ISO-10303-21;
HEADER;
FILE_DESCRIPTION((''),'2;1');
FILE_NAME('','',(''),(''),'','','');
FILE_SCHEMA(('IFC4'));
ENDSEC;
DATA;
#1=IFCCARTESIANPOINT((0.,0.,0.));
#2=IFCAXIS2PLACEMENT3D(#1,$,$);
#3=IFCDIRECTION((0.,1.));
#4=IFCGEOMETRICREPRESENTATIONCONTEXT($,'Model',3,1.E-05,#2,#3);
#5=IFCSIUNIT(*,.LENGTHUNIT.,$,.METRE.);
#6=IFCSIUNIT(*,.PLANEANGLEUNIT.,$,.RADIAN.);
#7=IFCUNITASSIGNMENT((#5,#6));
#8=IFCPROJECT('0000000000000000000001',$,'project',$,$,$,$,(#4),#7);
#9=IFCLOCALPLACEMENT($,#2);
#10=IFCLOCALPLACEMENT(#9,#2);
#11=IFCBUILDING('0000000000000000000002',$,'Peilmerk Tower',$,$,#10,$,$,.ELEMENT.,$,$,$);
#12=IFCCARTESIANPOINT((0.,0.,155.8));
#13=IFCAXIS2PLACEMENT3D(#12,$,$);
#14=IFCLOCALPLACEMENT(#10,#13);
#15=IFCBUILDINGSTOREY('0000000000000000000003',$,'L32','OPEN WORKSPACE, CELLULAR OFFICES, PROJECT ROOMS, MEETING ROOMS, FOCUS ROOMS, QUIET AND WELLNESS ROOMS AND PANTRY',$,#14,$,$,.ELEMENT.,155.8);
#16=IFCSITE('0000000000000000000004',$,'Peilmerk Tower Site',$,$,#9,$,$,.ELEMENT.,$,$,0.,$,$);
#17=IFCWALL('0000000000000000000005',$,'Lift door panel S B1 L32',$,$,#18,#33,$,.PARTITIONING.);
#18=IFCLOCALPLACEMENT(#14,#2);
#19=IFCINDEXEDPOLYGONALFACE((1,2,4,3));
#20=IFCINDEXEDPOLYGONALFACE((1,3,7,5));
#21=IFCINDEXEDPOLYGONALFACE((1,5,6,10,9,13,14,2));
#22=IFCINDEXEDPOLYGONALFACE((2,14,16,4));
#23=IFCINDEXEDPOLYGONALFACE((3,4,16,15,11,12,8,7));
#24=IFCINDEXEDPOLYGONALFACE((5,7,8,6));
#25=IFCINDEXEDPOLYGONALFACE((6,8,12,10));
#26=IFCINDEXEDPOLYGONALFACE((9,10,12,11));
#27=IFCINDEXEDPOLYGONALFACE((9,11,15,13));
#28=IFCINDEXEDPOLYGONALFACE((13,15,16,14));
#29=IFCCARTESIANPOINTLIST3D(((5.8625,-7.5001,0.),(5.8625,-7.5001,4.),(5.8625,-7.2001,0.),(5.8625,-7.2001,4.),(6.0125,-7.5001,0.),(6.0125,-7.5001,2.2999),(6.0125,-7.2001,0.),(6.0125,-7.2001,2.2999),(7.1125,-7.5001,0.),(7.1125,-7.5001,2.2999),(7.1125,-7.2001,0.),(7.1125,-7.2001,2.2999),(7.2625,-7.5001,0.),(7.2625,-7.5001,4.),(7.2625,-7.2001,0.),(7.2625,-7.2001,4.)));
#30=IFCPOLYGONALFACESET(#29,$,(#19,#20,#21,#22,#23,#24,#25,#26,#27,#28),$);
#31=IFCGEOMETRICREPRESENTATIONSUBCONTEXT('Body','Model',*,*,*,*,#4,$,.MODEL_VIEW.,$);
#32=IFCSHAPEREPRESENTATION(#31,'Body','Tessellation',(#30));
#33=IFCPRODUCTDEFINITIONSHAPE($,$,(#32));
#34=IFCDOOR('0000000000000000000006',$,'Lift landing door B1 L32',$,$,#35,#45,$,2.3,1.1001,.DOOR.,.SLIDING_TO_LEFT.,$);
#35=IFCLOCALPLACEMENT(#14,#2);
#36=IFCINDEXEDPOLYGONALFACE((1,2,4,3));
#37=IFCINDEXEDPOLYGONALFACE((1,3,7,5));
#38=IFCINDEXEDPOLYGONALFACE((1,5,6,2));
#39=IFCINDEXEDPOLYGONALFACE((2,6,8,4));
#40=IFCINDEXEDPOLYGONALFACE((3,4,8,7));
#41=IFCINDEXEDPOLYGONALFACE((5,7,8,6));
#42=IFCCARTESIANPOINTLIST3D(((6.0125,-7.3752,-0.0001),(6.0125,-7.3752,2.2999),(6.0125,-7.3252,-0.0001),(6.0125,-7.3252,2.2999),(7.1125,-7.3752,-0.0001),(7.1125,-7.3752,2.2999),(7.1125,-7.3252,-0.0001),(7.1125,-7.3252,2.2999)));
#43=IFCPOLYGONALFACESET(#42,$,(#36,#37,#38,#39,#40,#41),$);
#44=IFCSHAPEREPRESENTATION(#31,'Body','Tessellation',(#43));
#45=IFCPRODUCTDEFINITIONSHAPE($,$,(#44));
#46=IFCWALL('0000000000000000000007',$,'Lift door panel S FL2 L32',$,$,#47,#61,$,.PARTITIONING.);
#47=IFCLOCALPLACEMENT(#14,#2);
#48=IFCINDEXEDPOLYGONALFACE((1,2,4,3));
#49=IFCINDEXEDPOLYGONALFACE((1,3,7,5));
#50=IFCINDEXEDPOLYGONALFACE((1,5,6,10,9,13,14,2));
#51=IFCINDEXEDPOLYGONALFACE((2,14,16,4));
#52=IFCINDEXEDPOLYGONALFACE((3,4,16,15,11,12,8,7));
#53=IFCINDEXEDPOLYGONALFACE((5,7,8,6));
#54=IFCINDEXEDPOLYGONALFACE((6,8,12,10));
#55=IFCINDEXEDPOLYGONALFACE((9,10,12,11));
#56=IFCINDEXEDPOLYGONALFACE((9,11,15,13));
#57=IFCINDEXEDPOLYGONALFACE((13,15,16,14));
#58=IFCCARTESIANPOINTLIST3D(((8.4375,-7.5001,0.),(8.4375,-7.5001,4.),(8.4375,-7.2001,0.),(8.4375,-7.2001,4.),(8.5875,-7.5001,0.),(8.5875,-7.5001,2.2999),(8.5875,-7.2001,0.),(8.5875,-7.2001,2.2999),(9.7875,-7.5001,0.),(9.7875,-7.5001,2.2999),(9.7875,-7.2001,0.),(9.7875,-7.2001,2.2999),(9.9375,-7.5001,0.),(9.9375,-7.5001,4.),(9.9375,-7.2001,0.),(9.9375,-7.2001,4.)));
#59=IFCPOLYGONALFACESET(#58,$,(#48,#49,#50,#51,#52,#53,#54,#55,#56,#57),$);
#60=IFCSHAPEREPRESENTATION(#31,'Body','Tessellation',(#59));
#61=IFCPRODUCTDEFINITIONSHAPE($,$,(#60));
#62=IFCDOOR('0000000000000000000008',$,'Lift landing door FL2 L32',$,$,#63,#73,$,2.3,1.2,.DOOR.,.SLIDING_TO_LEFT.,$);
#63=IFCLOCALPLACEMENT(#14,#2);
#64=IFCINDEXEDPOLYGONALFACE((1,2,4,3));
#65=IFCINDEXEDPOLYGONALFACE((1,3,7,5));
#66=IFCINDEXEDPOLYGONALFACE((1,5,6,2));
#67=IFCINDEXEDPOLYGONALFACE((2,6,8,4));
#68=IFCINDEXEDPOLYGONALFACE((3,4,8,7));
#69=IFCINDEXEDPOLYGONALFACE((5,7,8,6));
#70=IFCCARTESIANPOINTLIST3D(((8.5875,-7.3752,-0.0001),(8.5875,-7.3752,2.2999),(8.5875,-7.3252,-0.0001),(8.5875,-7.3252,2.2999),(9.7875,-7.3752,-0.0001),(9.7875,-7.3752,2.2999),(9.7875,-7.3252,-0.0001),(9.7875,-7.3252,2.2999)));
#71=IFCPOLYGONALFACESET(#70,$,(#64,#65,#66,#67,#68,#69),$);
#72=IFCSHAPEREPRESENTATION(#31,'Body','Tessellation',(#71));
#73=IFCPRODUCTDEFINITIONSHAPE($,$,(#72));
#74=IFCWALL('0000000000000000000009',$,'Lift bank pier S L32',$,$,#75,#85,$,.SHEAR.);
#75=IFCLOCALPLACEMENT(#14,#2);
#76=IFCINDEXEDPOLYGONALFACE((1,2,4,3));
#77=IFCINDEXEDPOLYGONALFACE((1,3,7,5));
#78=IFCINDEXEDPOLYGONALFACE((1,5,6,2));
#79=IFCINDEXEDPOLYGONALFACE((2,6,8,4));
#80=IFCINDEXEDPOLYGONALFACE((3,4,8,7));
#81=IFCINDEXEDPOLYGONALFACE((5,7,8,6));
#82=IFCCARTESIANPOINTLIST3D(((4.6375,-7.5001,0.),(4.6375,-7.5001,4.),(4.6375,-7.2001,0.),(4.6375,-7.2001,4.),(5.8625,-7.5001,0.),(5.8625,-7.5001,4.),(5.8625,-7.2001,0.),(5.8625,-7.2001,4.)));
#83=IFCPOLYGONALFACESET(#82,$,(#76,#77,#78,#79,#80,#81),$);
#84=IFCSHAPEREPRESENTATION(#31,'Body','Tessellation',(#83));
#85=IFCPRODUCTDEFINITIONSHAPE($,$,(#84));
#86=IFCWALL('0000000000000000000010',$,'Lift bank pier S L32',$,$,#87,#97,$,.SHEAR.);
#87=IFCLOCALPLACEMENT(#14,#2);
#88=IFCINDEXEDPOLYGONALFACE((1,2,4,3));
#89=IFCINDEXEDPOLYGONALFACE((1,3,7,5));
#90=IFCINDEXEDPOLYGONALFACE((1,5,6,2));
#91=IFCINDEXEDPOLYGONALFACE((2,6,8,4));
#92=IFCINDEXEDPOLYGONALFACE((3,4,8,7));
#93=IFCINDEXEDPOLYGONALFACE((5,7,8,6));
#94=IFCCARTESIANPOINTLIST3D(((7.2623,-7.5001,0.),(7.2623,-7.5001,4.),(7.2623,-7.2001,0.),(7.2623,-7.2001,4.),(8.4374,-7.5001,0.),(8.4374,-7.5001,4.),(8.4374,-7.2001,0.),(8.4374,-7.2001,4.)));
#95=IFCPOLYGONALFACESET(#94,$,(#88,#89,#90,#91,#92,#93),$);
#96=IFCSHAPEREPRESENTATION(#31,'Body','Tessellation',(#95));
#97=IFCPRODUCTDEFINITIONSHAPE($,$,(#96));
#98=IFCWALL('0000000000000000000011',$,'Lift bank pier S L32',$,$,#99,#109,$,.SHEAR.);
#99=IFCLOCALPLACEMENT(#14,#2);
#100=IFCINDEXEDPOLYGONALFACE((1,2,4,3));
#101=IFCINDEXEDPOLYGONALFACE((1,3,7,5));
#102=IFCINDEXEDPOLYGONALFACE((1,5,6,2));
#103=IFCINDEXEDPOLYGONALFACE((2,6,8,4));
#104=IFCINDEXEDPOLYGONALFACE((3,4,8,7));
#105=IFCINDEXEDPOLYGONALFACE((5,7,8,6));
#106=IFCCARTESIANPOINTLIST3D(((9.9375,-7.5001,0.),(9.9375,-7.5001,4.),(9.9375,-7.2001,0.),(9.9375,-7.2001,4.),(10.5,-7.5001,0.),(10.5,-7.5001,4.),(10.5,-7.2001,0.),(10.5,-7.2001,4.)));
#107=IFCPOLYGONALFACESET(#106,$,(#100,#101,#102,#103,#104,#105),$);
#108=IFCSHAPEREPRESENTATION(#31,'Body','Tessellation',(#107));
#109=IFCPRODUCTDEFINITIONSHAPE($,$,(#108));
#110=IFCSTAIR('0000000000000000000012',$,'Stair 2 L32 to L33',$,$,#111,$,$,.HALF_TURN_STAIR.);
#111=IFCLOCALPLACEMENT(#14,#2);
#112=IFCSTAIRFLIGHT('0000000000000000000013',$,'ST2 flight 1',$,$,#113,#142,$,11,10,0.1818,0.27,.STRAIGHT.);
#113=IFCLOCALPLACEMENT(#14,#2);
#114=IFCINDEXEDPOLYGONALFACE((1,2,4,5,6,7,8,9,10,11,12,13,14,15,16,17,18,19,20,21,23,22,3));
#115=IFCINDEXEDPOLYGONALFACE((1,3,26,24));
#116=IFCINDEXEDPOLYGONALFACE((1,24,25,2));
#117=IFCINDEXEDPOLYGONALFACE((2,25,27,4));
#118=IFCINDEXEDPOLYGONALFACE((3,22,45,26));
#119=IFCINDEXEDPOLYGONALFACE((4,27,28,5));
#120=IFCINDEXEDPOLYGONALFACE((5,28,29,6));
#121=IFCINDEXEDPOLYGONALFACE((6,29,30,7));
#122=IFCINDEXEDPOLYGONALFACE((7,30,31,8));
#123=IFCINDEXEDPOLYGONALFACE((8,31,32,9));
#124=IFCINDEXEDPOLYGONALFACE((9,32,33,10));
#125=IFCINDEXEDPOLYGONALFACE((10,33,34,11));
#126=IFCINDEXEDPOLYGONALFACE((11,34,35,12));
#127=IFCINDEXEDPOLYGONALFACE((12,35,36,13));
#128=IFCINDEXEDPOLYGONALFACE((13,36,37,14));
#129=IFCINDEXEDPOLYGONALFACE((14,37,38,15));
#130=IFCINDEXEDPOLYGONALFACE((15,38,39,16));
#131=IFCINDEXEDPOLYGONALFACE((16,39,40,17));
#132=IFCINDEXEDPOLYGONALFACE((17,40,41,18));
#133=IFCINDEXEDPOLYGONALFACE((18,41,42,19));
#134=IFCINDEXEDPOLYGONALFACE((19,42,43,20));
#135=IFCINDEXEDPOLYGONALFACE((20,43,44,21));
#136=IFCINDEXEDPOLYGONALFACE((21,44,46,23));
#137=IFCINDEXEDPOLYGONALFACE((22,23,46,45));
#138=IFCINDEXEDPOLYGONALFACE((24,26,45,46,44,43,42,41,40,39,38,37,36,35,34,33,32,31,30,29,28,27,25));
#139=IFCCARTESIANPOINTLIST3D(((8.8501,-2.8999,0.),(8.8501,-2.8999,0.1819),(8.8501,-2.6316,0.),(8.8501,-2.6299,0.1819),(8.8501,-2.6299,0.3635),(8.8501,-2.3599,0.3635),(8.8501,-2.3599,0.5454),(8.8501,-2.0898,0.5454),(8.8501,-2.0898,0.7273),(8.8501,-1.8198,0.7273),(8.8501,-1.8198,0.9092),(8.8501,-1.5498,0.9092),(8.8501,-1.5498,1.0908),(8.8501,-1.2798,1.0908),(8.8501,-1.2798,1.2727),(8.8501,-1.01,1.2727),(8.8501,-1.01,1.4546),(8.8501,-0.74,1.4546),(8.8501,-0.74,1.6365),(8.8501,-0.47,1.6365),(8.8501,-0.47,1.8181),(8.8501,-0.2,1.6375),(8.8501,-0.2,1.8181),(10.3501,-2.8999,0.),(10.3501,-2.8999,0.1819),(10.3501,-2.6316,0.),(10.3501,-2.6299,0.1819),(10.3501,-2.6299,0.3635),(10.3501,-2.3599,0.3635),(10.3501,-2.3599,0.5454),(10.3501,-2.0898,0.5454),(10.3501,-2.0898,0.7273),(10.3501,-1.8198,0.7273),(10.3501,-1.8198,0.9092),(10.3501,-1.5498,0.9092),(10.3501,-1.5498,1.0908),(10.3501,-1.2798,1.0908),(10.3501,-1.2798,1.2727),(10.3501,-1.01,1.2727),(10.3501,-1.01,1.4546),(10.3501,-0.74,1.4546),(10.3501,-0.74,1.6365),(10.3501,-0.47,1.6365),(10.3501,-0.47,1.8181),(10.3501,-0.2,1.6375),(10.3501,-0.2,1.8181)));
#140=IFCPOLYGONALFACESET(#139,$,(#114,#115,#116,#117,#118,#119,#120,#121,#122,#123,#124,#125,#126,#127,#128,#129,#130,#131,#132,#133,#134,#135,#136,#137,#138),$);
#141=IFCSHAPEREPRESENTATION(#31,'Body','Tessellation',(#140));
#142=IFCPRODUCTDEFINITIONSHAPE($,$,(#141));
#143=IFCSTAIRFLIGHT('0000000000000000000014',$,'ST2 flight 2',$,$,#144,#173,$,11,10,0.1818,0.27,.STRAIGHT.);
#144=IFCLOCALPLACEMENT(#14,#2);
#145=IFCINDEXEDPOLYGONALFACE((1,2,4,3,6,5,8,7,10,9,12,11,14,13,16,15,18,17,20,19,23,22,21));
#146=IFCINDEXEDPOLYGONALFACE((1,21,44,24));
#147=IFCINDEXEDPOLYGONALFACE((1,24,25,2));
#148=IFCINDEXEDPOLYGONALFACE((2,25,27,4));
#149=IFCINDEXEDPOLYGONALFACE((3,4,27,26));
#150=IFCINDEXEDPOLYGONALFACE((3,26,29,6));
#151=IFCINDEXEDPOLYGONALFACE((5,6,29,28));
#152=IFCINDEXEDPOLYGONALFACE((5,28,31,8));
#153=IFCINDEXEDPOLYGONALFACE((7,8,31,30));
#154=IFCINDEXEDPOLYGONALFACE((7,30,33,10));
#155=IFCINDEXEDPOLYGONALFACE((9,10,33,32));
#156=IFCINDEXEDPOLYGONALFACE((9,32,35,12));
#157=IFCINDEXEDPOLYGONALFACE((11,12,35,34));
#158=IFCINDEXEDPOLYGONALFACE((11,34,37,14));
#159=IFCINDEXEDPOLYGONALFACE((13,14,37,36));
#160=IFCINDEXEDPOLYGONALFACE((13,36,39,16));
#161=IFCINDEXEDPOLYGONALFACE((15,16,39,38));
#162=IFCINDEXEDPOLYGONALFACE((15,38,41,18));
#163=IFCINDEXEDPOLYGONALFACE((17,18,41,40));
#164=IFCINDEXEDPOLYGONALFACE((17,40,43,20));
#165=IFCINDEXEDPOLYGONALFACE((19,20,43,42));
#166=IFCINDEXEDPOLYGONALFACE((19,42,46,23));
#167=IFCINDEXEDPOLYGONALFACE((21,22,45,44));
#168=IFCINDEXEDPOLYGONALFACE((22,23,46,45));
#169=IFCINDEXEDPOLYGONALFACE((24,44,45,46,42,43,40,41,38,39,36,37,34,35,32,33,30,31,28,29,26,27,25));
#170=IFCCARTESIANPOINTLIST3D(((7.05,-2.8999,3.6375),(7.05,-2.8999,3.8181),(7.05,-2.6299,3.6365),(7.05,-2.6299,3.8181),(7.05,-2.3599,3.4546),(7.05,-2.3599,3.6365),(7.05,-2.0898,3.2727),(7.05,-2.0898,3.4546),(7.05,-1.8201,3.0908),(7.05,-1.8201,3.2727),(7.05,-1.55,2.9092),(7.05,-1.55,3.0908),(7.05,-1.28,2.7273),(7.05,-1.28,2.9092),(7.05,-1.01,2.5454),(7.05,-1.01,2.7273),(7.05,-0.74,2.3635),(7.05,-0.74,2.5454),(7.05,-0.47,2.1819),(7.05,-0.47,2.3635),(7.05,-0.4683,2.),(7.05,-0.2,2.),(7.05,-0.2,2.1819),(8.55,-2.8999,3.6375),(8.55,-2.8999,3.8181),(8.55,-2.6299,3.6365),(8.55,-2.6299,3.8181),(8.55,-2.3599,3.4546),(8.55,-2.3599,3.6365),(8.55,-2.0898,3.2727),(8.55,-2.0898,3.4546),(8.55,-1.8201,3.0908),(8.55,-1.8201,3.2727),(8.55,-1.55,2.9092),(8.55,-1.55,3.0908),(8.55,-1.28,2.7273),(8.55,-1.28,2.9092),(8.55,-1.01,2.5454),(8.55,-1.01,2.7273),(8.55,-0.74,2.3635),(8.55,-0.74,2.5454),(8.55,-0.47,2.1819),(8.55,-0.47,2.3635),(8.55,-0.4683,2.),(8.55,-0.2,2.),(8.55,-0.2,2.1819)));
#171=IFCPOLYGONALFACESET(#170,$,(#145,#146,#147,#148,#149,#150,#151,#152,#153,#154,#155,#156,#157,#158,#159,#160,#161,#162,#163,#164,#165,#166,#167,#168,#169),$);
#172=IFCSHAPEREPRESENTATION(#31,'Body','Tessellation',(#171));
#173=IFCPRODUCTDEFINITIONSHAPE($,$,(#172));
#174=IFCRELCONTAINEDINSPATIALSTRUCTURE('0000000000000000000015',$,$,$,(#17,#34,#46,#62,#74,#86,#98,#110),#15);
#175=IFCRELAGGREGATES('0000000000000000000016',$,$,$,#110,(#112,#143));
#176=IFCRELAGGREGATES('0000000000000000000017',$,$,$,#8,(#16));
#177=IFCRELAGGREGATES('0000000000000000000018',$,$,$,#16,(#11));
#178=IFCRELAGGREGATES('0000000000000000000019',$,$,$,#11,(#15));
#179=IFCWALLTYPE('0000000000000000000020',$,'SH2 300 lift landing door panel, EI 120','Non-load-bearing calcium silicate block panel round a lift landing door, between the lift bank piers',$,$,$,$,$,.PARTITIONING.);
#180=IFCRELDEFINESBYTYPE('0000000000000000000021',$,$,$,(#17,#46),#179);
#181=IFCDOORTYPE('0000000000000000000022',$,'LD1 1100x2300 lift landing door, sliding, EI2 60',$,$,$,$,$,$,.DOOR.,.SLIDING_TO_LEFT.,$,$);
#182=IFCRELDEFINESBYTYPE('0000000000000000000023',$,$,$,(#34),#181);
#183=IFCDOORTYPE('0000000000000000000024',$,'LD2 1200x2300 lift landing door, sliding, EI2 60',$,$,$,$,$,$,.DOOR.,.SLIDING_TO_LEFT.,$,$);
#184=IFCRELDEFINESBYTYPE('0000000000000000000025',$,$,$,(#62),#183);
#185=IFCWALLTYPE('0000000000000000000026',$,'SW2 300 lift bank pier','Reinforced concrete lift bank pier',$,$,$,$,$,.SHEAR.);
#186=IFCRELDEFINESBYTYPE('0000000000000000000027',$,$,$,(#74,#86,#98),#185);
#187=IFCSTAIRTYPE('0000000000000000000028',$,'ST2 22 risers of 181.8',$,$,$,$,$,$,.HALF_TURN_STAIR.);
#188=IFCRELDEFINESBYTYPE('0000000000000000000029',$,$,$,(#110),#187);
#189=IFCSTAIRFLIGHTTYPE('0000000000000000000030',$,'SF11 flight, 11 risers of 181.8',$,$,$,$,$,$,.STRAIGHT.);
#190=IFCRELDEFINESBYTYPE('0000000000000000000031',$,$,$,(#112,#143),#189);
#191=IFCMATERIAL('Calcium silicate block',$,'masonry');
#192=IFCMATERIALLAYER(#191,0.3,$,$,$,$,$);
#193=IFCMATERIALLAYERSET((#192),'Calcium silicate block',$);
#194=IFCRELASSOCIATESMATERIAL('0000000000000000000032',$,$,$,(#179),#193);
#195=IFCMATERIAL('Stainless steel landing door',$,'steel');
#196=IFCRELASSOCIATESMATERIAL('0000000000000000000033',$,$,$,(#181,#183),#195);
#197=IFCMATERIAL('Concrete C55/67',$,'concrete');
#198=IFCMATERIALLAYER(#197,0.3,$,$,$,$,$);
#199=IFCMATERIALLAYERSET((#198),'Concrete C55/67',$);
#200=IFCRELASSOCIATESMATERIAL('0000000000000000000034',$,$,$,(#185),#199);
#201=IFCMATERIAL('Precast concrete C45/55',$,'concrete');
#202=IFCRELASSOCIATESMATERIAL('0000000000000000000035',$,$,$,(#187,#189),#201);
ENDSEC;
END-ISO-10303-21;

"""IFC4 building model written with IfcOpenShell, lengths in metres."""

from ifc_helpers import new_model, si_unit, direction, frame, frame_2d, origin, place, context, subcontext, project, spatial, polyline, rectangle, outline, extrude, material, layer, layer_set, type_object, element, fill, aggregate, save


model = new_model("IFC4")

# Units and contexts
model_context = context("Model", 3, precision=1e-05, world=origin(), true_north=direction((0.0, 1.0)))
body_context = subcontext(model_context, "Body", "Model", "MODEL_VIEW")
ifc_project = project(units=[si_unit("LENGTHUNIT", "METRE"), si_unit("PLANEANGLEUNIT", "RADIAN")], contexts=[model_context])

# Site, building, storey
site_placement = place(None, origin())
site = spatial("IfcSite", under=ifc_project, at=site_placement, Name="Peilmerk Tower Site", CompositionType="ELEMENT", RefElevation=0.0)
building_placement = place(site_placement, origin())
building = spatial("IfcBuilding", under=site, at=building_placement, Name="Peilmerk Tower", CompositionType="ELEMENT")
storey_placement = place(building_placement, frame((0.0, 0.0, 155.8)))
storey = spatial("IfcBuildingStorey", under=building, at=storey_placement, Name="L32", Description="OPEN WORKSPACE, CELLULAR OFFICES, PROJECT ROOMS, MEETING ROOMS, FOCUS ROOMS, QUIET AND WELLNESS ROOMS AND PANTRY", CompositionType="ELEMENT", Elevation=155.8)

# Walls, openings, doors
ifc_material_1 = material(Name="Calcium silicate block", Category="masonry")
ifc_layer_1 = layer(ifc_material_1, 0.3)
ifc_layer_set_1 = layer_set([ifc_layer_1], Name="Calcium silicate block")
wall_type_1 = type_object("IfcWallType", Name="SH2 300 lift landing door panel, EI 120", Description="Non-load-bearing calcium silicate block panel round a lift landing door, between the lift bank piers", PredefinedType="PARTITIONING", material=ifc_layer_set_1)
wall_1_placement = place(storey_placement, frame((5.8625, -7.3501, 0.0), z_axis=(0.0, 0.0, 1.0), x_axis=(1.0, 0.0, 0.0)))
wall_1 = element("IfcWall", 1, at=wall_1_placement, inside=storey, type_object=wall_type_1, Name="Lift door panel S B1 L32", PredefinedType="PARTITIONING", context=body_context, shape_type="SweptSolid", body=[
    extrude(rectangle(XDim=1.3999, YDim=0.3, at=frame_2d((0.7, 0.0))), origin(), (0.0, 0.0, 1.0), 4.0),
])
opening_1_placement = place(wall_1_placement, frame((0.1499, 0.0, 0.0)))
opening_1 = element("IfcOpeningElement", 2, at=opening_1_placement, cuts=wall_1, PredefinedType="OPENING", context=body_context, shape_type="SweptSolid", body=[
    extrude(rectangle(XDim=1.1001, YDim=2.3, at=frame_2d((0.55, 1.1499))), frame((0.0, 0.1599, 0.0), z_axis=(0.0, -1.0, 0.0), x_axis=(1.0, 0.0, 0.0)), (0.0, 0.0, 1.0), 0.3201),
])
ifc_material_2 = material(Name="Stainless steel landing door", Category="steel")
door_type_1 = type_object("IfcDoorType", Name="LD1 1100x2300 lift landing door, sliding, EI2 60", OperationType="SLIDING_TO_LEFT", PredefinedType="DOOR", material=ifc_material_2)
door_1_placement = place(opening_1_placement, origin())
door_1 = element("IfcDoor", 3, at=door_1_placement, inside=storey, type_object=door_type_1, Name="Lift landing door B1 L32", OperationType="SLIDING_TO_LEFT", OverallHeight=2.3, OverallWidth=1.1001, PredefinedType="DOOR", context=body_context, shape_type="SweptSolid", body=[
    extrude(rectangle(XDim=1.1001, YDim=2.3, at=frame_2d((0.55, 1.1499))), frame((0.0, 0.0249, 0.0), z_axis=(0.0, -1.0, 0.0), x_axis=(1.0, 0.0, 0.0)), (0.0, 0.0, 1.0), 0.05),
])
fill(opening_1, door_1)
wall_2_placement = place(storey_placement, frame((8.4375, -7.3501, 0.0), z_axis=(0.0, 0.0, 1.0), x_axis=(1.0, 0.0, 0.0)))
wall_2 = element("IfcWall", 4, at=wall_2_placement, inside=storey, type_object=wall_type_1, Name="Lift door panel S FL2 L32", PredefinedType="PARTITIONING", context=body_context, shape_type="SweptSolid", body=[
    extrude(rectangle(XDim=1.5, YDim=0.3, at=frame_2d((0.75, 0.0))), origin(), (0.0, 0.0, 1.0), 4.0),
])
opening_2_placement = place(wall_2_placement, frame((0.1499, 0.0, 0.0)))
opening_2 = element("IfcOpeningElement", 5, at=opening_2_placement, cuts=wall_2, PredefinedType="OPENING", context=body_context, shape_type="SweptSolid", body=[
    extrude(rectangle(XDim=1.2, YDim=2.3, at=frame_2d((0.6001, 1.1499))), frame((0.0, 0.1599, 0.0), z_axis=(0.0, -1.0, 0.0), x_axis=(1.0, 0.0, 0.0)), (0.0, 0.0, 1.0), 0.3201),
])
door_type_2 = type_object("IfcDoorType", Name="LD2 1200x2300 lift landing door, sliding, EI2 60", OperationType="SLIDING_TO_LEFT", PredefinedType="DOOR", material=ifc_material_2)
door_2_placement = place(opening_2_placement, origin())
door_2 = element("IfcDoor", 6, at=door_2_placement, inside=storey, type_object=door_type_2, Name="Lift landing door FL2 L32", OperationType="SLIDING_TO_LEFT", OverallHeight=2.3, OverallWidth=1.2, PredefinedType="DOOR", context=body_context, shape_type="SweptSolid", body=[
    extrude(rectangle(XDim=1.2, YDim=2.3, at=frame_2d((0.6001, 1.1499))), frame((0.0, 0.0249, 0.0), z_axis=(0.0, -1.0, 0.0), x_axis=(1.0, 0.0, 0.0)), (0.0, 0.0, 1.0), 0.05),
])
fill(opening_2, door_2)

# Walls
ifc_material_3 = material(Name="Concrete C55/67", Category="concrete")
ifc_layer_2 = layer(ifc_material_3, 0.3)
ifc_layer_set_2 = layer_set([ifc_layer_2], Name="Concrete C55/67")
wall_type_2 = type_object("IfcWallType", Name="SW2 300 lift bank pier", Description="Reinforced concrete lift bank pier", PredefinedType="SHEAR", material=ifc_layer_set_2)
wall_3_placement = place(storey_placement, frame((4.6375, -7.3501, 0.0), z_axis=(0.0, 0.0, 1.0), x_axis=(1.0, 0.0, 0.0)))
element("IfcWall", 7, at=wall_3_placement, inside=storey, type_object=wall_type_2, Name="Lift bank pier S L32", PredefinedType="SHEAR", context=body_context, shape_type="SweptSolid", body=[
    extrude(rectangle(XDim=1.2251, YDim=0.3, at=frame_2d((0.6125, 0.0))), origin(), (0.0, 0.0, 1.0), 4.0),
])
wall_4_placement = place(storey_placement, frame((7.2625, -7.3501, 0.0), z_axis=(0.0, 0.0, 1.0), x_axis=(1.0, 0.0, 0.0)))
element("IfcWall", 8, at=wall_4_placement, inside=storey, type_object=wall_type_2, Name="Lift bank pier S L32", PredefinedType="SHEAR", context=body_context, shape_type="SweptSolid", body=[
    extrude(rectangle(XDim=1.175, YDim=0.3, at=frame_2d((0.5874, 0.0))), origin(), (0.0, 0.0, 1.0), 4.0),
])
wall_5_placement = place(storey_placement, frame((9.9375, -7.3501, 0.0), z_axis=(0.0, 0.0, 1.0), x_axis=(1.0, 0.0, 0.0)))
element("IfcWall", 9, at=wall_5_placement, inside=storey, type_object=wall_type_2, Name="Lift bank pier S L32", PredefinedType="SHEAR", context=body_context, shape_type="SweptSolid", body=[
    extrude(rectangle(XDim=0.5625, YDim=0.3, at=frame_2d((0.2812, 0.0))), origin(), (0.0, 0.0, 1.0), 4.0),
])

# Stair, stair flights
ifc_material_4 = material(Name="Precast concrete C45/55", Category="concrete")
stair_type = type_object("IfcStairType", Name="ST2 22 risers of 181.8", PredefinedType="HALF_TURN_STAIR", material=ifc_material_4)
stair_placement = place(storey_placement, origin())
stair = element("IfcStair", 10, at=stair_placement, inside=storey, type_object=stair_type, Name="Stair 2 L32 to L33", PredefinedType="HALF_TURN_STAIR")
stair_flight_type = type_object("IfcStairFlightType", Name="SF11 flight, 11 risers of 181.8", PredefinedType="STRAIGHT", material=ifc_material_4)
stair_flight_1_placement = place(storey_placement, frame((9.6001, -2.8999, 0.0), z_axis=(0.0, 0.0, 1.0), x_axis=(0.0, 1.0, 0.0)))
stair_flight_1 = element("IfcStairFlight", 11, at=stair_flight_1_placement, type_object=stair_flight_type, Name="ST2 flight 1", NumberOfRisers=11, NumberOfTreads=10, PredefinedType="STRAIGHT", RiserHeight=0.1818, TreadLength=0.27, context=body_context, shape_type="SweptSolid", body=[
    extrude(outline(polyline([(0.0, 0.0), (0.0, 0.1819), (0.27, 0.1819), (0.27, 0.3635), (0.54, 0.3635), (0.54, 0.5454), (0.8101, 0.5454), (0.8101, 0.7273), (1.0801, 0.7273), (1.0801, 0.9092), (1.3501, 0.9092), (1.3501, 1.0908), (1.6201, 1.0908), (1.6201, 1.2727), (1.8899, 1.2727), (1.8899, 1.4546), (2.1599, 1.4546), (2.1599, 1.6365), (2.4299, 1.6365), (2.4299, 1.8181), (2.7, 1.8181), (2.7, 2.0), (2.7, 1.6375), (0.2683, 0.0), (0.0, 0.0)])), frame((0.0, 0.75, 0.0), z_axis=(0.0, -1.0, 0.0), x_axis=(1.0, 0.0, 0.0)), (0.0, 0.0, 1.0), 1.5),
])
stair_flight_2_placement = place(storey_placement, frame((7.8, -0.2, 2.0), z_axis=(0.0, 0.0, 1.0), x_axis=(0.0, -1.0, 0.0)))
stair_flight_2 = element("IfcStairFlight", 12, at=stair_flight_2_placement, type_object=stair_flight_type, Name="ST2 flight 2", NumberOfRisers=11, NumberOfTreads=10, PredefinedType="STRAIGHT", RiserHeight=0.1818, TreadLength=0.27, context=body_context, shape_type="SweptSolid", body=[
    extrude(outline(polyline([(0.0, 0.0), (0.0, 0.1819), (0.27, 0.1819), (0.27, 0.3635), (0.54, 0.3635), (0.54, 0.5454), (0.8101, 0.5454), (0.8101, 0.7273), (1.0801, 0.7273), (1.0801, 0.9092), (1.3501, 0.9092), (1.3501, 1.0908), (1.6201, 1.0908), (1.6201, 1.2727), (1.8899, 1.2727), (1.8899, 1.4546), (2.1599, 1.4546), (2.1599, 1.6365), (2.4299, 1.6365), (2.4299, 1.8181), (2.7, 1.8181), (2.7, 2.0), (2.7, 1.6375), (0.2683, 0.0), (0.0, 0.0)])), frame((0.0, 0.75, 0.0), z_axis=(0.0, -1.0, 0.0), x_axis=(1.0, 0.0, 0.0)), (0.0, 0.0, 1.0), 1.5),
])
aggregate(stair, [stair_flight_1, stair_flight_2])

save(model, "model.ifc")
